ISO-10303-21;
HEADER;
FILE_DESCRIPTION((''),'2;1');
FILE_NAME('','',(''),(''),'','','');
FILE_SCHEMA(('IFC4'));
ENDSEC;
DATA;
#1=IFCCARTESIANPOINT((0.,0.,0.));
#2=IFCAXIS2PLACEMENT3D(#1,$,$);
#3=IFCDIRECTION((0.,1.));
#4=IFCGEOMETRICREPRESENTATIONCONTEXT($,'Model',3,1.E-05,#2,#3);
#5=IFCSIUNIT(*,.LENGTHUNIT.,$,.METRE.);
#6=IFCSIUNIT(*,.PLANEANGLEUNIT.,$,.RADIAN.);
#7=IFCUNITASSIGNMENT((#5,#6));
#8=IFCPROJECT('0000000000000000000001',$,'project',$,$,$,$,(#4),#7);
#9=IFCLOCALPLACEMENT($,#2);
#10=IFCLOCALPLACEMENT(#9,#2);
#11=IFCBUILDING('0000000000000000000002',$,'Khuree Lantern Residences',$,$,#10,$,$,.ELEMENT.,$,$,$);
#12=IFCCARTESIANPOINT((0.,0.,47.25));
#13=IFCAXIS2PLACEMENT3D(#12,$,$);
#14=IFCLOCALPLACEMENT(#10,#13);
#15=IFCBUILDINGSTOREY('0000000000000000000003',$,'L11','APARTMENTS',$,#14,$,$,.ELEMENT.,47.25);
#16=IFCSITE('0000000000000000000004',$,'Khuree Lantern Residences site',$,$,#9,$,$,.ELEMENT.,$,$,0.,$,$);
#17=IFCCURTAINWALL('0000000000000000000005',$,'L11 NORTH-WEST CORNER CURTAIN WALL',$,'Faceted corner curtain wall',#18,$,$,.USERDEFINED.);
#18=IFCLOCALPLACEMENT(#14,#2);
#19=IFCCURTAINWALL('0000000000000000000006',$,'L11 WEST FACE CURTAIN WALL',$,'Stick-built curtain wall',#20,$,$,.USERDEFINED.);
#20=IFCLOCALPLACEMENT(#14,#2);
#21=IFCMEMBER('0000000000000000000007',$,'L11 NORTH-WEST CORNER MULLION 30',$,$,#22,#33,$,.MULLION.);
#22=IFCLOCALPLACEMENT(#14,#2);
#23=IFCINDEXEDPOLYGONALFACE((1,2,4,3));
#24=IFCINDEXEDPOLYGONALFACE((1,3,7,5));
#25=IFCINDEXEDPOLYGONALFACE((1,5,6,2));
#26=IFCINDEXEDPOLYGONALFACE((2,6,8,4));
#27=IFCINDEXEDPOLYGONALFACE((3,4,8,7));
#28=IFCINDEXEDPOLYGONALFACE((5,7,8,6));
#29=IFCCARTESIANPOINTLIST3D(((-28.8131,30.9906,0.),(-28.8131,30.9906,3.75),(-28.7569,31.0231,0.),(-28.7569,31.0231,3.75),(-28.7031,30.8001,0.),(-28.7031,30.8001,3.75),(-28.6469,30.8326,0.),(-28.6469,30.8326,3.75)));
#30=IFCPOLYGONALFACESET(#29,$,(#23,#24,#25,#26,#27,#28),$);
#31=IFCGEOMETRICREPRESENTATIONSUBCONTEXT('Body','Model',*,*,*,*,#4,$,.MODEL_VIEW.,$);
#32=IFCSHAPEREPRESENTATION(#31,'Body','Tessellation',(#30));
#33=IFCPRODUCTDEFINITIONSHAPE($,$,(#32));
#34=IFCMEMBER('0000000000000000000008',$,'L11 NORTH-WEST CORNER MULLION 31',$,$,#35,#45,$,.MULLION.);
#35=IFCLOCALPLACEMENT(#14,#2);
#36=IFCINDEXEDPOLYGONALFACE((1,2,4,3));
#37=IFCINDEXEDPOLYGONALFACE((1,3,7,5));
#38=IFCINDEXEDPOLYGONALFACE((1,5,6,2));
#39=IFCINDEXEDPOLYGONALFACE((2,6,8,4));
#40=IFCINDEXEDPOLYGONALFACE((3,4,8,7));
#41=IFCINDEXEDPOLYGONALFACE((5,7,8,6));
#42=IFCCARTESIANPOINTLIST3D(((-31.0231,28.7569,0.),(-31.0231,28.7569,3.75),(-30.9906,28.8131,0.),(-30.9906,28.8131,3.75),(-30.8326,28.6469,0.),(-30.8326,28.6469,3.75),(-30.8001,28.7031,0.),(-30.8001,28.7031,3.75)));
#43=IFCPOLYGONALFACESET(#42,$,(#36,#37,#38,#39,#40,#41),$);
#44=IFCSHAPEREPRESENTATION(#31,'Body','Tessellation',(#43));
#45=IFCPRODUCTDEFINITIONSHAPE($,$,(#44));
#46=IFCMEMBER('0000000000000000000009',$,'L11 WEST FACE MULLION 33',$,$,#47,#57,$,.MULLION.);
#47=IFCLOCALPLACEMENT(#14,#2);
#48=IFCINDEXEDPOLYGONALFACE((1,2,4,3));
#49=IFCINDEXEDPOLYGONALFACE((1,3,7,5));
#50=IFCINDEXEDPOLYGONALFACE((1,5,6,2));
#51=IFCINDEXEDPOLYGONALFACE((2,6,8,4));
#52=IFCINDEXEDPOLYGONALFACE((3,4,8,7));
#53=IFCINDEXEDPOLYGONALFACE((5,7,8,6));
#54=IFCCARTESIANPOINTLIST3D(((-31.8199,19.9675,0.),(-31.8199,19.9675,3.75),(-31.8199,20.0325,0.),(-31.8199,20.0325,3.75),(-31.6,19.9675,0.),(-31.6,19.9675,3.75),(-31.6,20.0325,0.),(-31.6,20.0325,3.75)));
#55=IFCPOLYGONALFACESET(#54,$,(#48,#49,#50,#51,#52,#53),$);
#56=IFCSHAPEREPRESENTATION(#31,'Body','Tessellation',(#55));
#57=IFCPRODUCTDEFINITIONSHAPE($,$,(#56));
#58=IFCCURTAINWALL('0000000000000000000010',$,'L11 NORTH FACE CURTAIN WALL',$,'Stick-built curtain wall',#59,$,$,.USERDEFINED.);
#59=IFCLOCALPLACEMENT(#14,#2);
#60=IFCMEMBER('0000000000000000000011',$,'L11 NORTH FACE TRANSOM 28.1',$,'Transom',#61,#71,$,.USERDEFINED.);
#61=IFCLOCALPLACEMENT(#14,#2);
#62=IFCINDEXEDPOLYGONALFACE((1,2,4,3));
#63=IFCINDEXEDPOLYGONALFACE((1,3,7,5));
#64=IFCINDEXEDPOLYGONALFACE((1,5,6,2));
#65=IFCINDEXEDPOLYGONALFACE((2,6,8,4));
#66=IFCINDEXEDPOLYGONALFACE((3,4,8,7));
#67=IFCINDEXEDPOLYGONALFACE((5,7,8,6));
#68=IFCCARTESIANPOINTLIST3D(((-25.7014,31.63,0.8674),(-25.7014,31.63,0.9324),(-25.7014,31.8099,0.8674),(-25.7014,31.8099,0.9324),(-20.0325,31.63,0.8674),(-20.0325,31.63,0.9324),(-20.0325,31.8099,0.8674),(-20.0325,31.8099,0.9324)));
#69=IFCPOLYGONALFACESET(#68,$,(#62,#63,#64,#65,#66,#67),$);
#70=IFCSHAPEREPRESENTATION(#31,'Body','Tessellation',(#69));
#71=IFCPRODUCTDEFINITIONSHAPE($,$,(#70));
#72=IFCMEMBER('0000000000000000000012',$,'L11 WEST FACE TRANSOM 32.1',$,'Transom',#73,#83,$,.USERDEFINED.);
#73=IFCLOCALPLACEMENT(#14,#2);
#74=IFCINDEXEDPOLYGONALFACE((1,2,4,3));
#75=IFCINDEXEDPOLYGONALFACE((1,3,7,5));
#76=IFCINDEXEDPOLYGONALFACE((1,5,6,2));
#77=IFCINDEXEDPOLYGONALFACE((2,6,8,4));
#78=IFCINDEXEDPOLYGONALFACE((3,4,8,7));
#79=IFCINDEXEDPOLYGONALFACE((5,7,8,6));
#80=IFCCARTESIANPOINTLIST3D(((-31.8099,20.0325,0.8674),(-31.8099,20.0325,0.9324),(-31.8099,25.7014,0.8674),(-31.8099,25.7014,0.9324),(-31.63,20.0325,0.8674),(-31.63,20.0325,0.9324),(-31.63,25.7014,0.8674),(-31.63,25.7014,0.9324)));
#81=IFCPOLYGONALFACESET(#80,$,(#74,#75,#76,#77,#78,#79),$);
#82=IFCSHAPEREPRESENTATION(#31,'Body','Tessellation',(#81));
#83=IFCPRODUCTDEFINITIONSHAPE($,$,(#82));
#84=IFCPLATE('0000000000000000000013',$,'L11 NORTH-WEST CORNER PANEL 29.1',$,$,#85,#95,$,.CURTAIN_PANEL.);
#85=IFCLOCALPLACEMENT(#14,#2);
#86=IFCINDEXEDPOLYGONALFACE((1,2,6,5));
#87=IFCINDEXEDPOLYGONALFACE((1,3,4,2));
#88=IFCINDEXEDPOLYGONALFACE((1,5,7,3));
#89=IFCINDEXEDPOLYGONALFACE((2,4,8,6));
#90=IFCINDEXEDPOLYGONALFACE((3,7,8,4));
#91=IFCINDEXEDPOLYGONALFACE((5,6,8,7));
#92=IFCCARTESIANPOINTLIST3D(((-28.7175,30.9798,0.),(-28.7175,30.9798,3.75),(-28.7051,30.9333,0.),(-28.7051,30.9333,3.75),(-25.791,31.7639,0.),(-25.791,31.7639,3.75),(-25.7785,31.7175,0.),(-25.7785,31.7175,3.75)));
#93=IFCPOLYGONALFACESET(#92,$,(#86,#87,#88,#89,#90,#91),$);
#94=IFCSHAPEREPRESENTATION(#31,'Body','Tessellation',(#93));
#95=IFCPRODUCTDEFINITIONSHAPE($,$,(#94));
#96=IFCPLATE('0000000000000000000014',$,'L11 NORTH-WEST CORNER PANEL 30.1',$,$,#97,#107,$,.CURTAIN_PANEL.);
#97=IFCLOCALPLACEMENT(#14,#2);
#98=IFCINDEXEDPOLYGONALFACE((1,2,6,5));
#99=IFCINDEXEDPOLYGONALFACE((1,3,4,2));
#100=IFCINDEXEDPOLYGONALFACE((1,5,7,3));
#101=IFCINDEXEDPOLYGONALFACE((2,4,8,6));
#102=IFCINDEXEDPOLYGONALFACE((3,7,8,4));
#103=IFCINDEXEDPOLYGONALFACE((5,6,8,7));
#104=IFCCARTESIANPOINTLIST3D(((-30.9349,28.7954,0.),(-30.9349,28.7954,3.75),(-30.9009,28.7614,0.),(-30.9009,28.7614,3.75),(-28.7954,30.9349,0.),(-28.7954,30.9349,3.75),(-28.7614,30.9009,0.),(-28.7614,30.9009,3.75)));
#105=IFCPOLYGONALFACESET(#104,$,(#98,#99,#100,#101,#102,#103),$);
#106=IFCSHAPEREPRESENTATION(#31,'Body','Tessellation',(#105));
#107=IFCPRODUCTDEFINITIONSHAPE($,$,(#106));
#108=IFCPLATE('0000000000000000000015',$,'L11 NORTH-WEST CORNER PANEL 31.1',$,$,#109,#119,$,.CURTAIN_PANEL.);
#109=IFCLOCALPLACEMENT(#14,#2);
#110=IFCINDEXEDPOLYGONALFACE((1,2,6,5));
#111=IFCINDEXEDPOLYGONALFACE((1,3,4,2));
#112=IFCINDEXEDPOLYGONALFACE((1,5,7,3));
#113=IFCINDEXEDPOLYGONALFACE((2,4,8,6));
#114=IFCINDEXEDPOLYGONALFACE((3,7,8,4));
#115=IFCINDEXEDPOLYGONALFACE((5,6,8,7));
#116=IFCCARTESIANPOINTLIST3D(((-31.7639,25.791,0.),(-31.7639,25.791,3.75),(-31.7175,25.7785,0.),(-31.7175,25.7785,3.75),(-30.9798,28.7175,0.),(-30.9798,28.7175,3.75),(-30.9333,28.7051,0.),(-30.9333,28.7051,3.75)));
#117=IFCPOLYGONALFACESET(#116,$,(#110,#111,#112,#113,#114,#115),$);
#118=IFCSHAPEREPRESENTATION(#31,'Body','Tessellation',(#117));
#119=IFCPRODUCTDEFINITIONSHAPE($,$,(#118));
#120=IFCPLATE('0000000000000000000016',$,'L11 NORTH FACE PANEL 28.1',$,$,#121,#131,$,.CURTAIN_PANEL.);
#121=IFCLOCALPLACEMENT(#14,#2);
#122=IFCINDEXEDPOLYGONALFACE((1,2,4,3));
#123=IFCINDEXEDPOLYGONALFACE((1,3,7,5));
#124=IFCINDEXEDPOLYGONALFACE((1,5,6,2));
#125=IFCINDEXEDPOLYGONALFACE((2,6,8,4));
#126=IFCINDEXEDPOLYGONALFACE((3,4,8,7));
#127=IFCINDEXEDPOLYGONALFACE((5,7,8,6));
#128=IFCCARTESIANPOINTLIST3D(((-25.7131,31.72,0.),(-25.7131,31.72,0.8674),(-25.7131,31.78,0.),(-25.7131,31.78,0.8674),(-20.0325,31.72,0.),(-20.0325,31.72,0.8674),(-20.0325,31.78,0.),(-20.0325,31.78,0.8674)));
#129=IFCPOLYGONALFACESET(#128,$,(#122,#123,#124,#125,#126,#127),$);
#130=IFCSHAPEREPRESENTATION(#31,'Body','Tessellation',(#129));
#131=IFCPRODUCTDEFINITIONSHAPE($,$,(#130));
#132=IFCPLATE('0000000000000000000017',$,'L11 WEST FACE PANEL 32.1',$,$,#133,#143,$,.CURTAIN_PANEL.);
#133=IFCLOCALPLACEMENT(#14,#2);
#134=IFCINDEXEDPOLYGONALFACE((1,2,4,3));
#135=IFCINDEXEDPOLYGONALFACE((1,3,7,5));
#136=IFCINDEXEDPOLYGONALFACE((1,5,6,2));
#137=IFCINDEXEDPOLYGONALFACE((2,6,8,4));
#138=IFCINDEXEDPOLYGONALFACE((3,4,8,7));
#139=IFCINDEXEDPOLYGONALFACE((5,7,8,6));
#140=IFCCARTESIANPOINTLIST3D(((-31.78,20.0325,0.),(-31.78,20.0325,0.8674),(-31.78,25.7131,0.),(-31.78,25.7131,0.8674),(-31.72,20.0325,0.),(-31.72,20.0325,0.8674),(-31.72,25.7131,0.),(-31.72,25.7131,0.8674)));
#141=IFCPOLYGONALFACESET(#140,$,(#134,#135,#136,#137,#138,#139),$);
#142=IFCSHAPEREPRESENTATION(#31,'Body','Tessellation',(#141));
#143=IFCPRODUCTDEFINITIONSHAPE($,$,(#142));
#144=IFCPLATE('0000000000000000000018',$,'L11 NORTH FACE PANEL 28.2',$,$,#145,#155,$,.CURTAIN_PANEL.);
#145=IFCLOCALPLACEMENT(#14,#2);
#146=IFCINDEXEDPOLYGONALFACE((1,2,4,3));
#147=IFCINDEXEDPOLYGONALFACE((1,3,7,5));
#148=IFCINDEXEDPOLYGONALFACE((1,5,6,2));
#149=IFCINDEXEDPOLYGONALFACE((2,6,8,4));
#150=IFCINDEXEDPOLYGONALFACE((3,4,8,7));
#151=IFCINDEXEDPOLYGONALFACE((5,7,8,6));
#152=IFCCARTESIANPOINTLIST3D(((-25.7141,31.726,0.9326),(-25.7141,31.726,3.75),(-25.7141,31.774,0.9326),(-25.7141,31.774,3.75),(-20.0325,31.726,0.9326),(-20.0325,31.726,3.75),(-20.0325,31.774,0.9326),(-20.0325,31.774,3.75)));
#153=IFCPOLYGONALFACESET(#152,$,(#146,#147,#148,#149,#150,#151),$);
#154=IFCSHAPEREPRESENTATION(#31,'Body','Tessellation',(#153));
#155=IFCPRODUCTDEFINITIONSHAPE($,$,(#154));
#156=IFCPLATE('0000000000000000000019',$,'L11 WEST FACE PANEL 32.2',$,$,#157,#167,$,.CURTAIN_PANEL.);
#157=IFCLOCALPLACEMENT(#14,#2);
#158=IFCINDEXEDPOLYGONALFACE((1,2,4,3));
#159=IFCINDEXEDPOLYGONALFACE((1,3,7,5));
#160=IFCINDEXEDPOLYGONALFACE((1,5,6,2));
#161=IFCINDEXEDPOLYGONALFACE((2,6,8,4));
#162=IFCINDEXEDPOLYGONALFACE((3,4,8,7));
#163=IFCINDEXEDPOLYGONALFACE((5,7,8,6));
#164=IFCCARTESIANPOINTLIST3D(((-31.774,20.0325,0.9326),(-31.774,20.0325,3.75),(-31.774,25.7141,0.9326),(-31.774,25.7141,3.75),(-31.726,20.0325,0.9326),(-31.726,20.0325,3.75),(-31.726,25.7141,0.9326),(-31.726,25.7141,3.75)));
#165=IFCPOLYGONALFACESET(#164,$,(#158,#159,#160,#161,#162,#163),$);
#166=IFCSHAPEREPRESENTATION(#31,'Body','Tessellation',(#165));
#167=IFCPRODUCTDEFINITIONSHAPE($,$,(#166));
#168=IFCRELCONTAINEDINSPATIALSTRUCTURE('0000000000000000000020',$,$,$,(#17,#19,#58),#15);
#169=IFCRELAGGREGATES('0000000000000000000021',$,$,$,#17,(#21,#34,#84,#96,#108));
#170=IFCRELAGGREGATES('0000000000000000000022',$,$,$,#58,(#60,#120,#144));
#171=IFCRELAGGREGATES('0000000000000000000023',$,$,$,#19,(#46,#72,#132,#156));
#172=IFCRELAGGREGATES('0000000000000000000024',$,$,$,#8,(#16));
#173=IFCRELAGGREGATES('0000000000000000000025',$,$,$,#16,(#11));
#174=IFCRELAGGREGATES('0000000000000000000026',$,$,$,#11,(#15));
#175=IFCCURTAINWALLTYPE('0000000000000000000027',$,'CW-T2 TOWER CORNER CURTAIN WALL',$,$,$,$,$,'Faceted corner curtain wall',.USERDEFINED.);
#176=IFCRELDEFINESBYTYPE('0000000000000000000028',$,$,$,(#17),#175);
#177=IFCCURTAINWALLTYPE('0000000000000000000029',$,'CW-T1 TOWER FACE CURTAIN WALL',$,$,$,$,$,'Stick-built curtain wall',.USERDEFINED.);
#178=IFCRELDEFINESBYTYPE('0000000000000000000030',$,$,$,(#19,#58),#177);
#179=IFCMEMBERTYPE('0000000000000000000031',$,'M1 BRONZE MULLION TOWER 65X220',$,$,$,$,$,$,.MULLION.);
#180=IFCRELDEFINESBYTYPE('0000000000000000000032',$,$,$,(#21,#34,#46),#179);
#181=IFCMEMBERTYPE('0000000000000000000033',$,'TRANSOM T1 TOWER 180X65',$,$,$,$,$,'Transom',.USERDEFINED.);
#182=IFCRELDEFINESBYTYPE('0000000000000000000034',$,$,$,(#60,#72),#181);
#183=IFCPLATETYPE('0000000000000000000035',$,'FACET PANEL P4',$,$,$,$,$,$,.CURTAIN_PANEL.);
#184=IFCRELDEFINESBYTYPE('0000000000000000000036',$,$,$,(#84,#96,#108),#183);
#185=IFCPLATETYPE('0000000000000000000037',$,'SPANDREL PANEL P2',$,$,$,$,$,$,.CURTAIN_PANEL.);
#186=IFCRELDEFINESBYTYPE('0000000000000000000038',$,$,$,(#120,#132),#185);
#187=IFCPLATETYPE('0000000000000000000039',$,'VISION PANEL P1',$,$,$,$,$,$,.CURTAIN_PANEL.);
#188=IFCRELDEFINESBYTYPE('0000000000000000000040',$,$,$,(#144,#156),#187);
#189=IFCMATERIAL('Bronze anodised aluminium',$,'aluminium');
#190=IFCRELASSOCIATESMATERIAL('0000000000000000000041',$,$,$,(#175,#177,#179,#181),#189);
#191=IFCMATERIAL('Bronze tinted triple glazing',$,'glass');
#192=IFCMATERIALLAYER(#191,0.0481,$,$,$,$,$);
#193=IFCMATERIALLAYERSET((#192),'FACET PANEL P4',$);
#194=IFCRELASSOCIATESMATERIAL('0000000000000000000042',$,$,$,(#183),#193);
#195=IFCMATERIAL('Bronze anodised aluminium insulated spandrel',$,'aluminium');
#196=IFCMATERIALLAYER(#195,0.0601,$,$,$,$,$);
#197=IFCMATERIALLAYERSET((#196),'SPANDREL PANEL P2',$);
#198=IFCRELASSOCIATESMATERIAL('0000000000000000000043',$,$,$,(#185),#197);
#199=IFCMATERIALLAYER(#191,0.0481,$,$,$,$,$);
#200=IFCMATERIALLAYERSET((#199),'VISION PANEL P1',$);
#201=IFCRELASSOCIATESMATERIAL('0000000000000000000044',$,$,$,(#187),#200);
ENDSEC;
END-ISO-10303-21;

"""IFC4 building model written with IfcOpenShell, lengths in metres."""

from ifc_helpers import new_model, si_unit, direction, frame, origin, origin_2d, place, context, subcontext, project, spatial, rectangle, extrude, material, layer, layer_set, material_profile, profile_set, type_object, element, aggregate, save


model = new_model("IFC4")

# Units and contexts
model_context = context("Model", 3, precision=1e-05, world=origin(), true_north=direction((0.0, 1.0)))
body_context = subcontext(model_context, "Body", "Model", "MODEL_VIEW")
ifc_project = project(units=[si_unit("LENGTHUNIT", "METRE"), si_unit("PLANEANGLEUNIT", "RADIAN")], contexts=[model_context])

# Site, building, storey
site_placement = place(None, origin())
site = spatial("IfcSite", under=ifc_project, at=site_placement, Name="Khuree Lantern Residences site", CompositionType="ELEMENT", RefElevation=0.0)
building_placement = place(site_placement, origin())
building = spatial("IfcBuilding", under=site, at=building_placement, Name="Khuree Lantern Residences", CompositionType="ELEMENT")
storey_placement = place(building_placement, frame((0.0, 0.0, 47.25)))
storey = spatial("IfcBuildingStorey", under=building, at=storey_placement, Name="L11", Description="APARTMENTS", CompositionType="ELEMENT", Elevation=47.25)

# Curtain walls
ifc_material_1 = material(Name="Bronze anodised aluminium", Category="aluminium")
curtain_wall_type_1 = type_object("IfcCurtainWallType", Name="CW-T2 TOWER CORNER CURTAIN WALL", ElementType="Faceted corner curtain wall", PredefinedType="USERDEFINED", material=ifc_material_1)
curtain_wall_1_placement = place(storey_placement, origin())
curtain_wall_1 = element("IfcCurtainWall", 1, at=curtain_wall_1_placement, inside=storey, type_object=curtain_wall_type_1, Name="L11 NORTH-WEST CORNER CURTAIN WALL", ObjectType="Faceted corner curtain wall", PredefinedType="USERDEFINED")
curtain_wall_type_2 = type_object("IfcCurtainWallType", Name="CW-T1 TOWER FACE CURTAIN WALL", ElementType="Stick-built curtain wall", PredefinedType="USERDEFINED", material=ifc_material_1)
curtain_wall_2_placement = place(storey_placement, origin())
curtain_wall_2 = element("IfcCurtainWall", 2, at=curtain_wall_2_placement, inside=storey, type_object=curtain_wall_type_2, Name="L11 WEST FACE CURTAIN WALL", ObjectType="Stick-built curtain wall", PredefinedType="USERDEFINED")

# Members
ifc_material_profile_1 = material_profile(ifc_material_1, rectangle(XDim=0.0649, YDim=0.22, at=origin_2d()), Name="M1 65X220")
ifc_profile_set_1 = profile_set([ifc_material_profile_1], Name="Bronze anodised aluminium")
member_type_1 = type_object("IfcMemberType", Name="M1 BRONZE MULLION TOWER 65X220", PredefinedType="MULLION", material=ifc_profile_set_1)
member_1_placement = place(storey_placement, frame((-28.73, 30.9116, 0.0), z_axis=(0.0, 0.0, 1.0), x_axis=(-0.866025, -0.5, 0.0)))
member_1 = element("IfcMember", 3, at=member_1_placement, type_object=member_type_1, Name="L11 NORTH-WEST CORNER MULLION 30", PredefinedType="MULLION", context=body_context, shape_type="SweptSolid", body=[
    extrude(rectangle(XDim=0.0649, YDim=0.22, at=origin_2d()), origin(), (0.0, 0.0, 1.0), 3.75),
])
member_2_placement = place(storey_placement, frame((-30.9116, 28.73, 0.0), z_axis=(0.0, 0.0, 1.0), x_axis=(-0.5, -0.866025, 0.0)))
member_2 = element("IfcMember", 4, at=member_2_placement, type_object=member_type_1, Name="L11 NORTH-WEST CORNER MULLION 31", PredefinedType="MULLION", context=body_context, shape_type="SweptSolid", body=[
    extrude(rectangle(XDim=0.0649, YDim=0.22, at=origin_2d()), origin(), (0.0, 0.0, 1.0), 3.75),
])
member_3_placement = place(storey_placement, frame((-31.71, 20.0, 0.0), z_axis=(0.0, 0.0, 1.0), x_axis=(0.0, -1.0, 0.0)))
member_3 = element("IfcMember", 5, at=member_3_placement, type_object=member_type_1, Name="L11 WEST FACE MULLION 33", PredefinedType="MULLION", context=body_context, shape_type="SweptSolid", body=[
    extrude(rectangle(XDim=0.0649, YDim=0.22, at=origin_2d()), origin(), (0.0, 0.0, 1.0), 3.75),
])

# Curtain wall, member
curtain_wall_3_placement = place(storey_placement, origin())
curtain_wall_3 = element("IfcCurtainWall", 6, at=curtain_wall_3_placement, inside=storey, type_object=curtain_wall_type_2, Name="L11 NORTH FACE CURTAIN WALL", ObjectType="Stick-built curtain wall", PredefinedType="USERDEFINED")
ifc_material_profile_2 = material_profile(ifc_material_1, rectangle(XDim=0.1799, YDim=0.0649, at=origin_2d()), Name="T1 180X65")
ifc_profile_set_2 = profile_set([ifc_material_profile_2], Name="Bronze anodised aluminium")
member_type_2 = type_object("IfcMemberType", Name="TRANSOM T1 TOWER 180X65", ElementType="Transom", PredefinedType="USERDEFINED", material=ifc_profile_set_2)
member_4_placement = place(storey_placement, frame((-20.0325, 31.72, 0.8999), z_axis=(-1.0, 0.0, 0.0), x_axis=(0.0, -1.0, 0.0)))
member_4 = element("IfcMember", 7, at=member_4_placement, type_object=member_type_2, Name="L11 NORTH FACE TRANSOM 28.1", ObjectType="Transom", PredefinedType="USERDEFINED", context=body_context, shape_type="SweptSolid", body=[
    extrude(rectangle(XDim=0.1799, YDim=0.0649, at=origin_2d()), origin(), (0.0, 0.0, 1.0), 5.6689),
])

# Member
member_5_placement = place(storey_placement, frame((-31.72, 25.7014, 0.8999), z_axis=(0.0, -1.0, 0.0), x_axis=(1.0, 0.0, 0.0)))
member_5 = element("IfcMember", 8, at=member_5_placement, type_object=member_type_2, Name="L11 WEST FACE TRANSOM 32.1", ObjectType="Transom", PredefinedType="USERDEFINED", context=body_context, shape_type="SweptSolid", body=[
    extrude(rectangle(XDim=0.1799, YDim=0.0649, at=origin_2d()), origin(), (0.0, 0.0, 1.0), 5.6689),
])

# Plates
ifc_material_2 = material(Name="Bronze tinted triple glazing", Category="glass")
ifc_layer_1 = layer(ifc_material_2, 0.0481)
ifc_layer_set_1 = layer_set([ifc_layer_1], Name="FACET PANEL P4")
plate_type_1 = type_object("IfcPlateType", Name="FACET PANEL P4", PredefinedType="CURTAIN_PANEL", material=ifc_layer_set_1)
plate_1_placement = place(storey_placement, frame((-27.248, 31.3486, 0.0), z_axis=(0.0, 0.0, 1.0), x_axis=(-0.965926, -0.258819, 0.0)))
plate_1 = element("IfcPlate", 9, at=plate_1_placement, type_object=plate_type_1, Name="L11 NORTH-WEST CORNER PANEL 29.1", PredefinedType="CURTAIN_PANEL", context=body_context, shape_type="SweptSolid", body=[
    extrude(rectangle(XDim=3.0298, YDim=0.0481, at=origin_2d()), origin(), (0.0, 0.0, 1.0), 3.75),
])
plate_2_placement = place(storey_placement, frame((-29.8481, 29.8481, 0.0), z_axis=(0.0, 0.0, 1.0), x_axis=(-0.707107, -0.707107, 0.0)))
plate_2 = element("IfcPlate", 10, at=plate_2_placement, type_object=plate_type_1, Name="L11 NORTH-WEST CORNER PANEL 30.1", PredefinedType="CURTAIN_PANEL", context=body_context, shape_type="SweptSolid", body=[
    extrude(rectangle(XDim=3.0256, YDim=0.0481, at=origin_2d()), origin(), (0.0, 0.0, 1.0), 3.75),
])
plate_3_placement = place(storey_placement, frame((-31.3486, 27.248, 0.0), z_axis=(0.0, 0.0, 1.0), x_axis=(-0.258819, -0.965926, 0.0)))
plate_3 = element("IfcPlate", 11, at=plate_3_placement, type_object=plate_type_1, Name="L11 NORTH-WEST CORNER PANEL 31.1", PredefinedType="CURTAIN_PANEL", context=body_context, shape_type="SweptSolid", body=[
    extrude(rectangle(XDim=3.0298, YDim=0.0481, at=origin_2d()), origin(), (0.0, 0.0, 1.0), 3.75),
])
aggregate(curtain_wall_1, [member_1, member_2, plate_1, plate_2, plate_3])
ifc_material_3 = material(Name="Bronze anodised aluminium insulated spandrel", Category="aluminium")
ifc_layer_2 = layer(ifc_material_3, 0.0601)
ifc_layer_set_2 = layer_set([ifc_layer_2], Name="SPANDREL PANEL P2")
plate_type_2 = type_object("IfcPlateType", Name="SPANDREL PANEL P2", PredefinedType="CURTAIN_PANEL", material=ifc_layer_set_2)
plate_4_placement = place(storey_placement, frame((-22.8728, 31.75, 0.0), z_axis=(0.0, 0.0, 1.0), x_axis=(-1.0, 0.0, 0.0)))
plate_4 = element("IfcPlate", 12, at=plate_4_placement, type_object=plate_type_2, Name="L11 NORTH FACE PANEL 28.1", PredefinedType="CURTAIN_PANEL", context=body_context, shape_type="SweptSolid", body=[
    extrude(rectangle(XDim=5.6807, YDim=0.0601, at=origin_2d()), origin(), (0.0, 0.0, 1.0), 0.8674),
])
plate_5_placement = place(storey_placement, frame((-31.75, 22.8728, 0.0), z_axis=(0.0, 0.0, 1.0), x_axis=(0.0, -1.0, 0.0)))
plate_5 = element("IfcPlate", 13, at=plate_5_placement, type_object=plate_type_2, Name="L11 WEST FACE PANEL 32.1", PredefinedType="CURTAIN_PANEL", context=body_context, shape_type="SweptSolid", body=[
    extrude(rectangle(XDim=5.6807, YDim=0.0601, at=origin_2d()), origin(), (0.0, 0.0, 1.0), 0.8674),
])
ifc_layer_3 = layer(ifc_material_2, 0.0481)
ifc_layer_set_3 = layer_set([ifc_layer_3], Name="VISION PANEL P1")
plate_type_3 = type_object("IfcPlateType", Name="VISION PANEL P1", PredefinedType="CURTAIN_PANEL", material=ifc_layer_set_3)
plate_6_placement = place(storey_placement, frame((-22.8733, 31.75, 0.9326), z_axis=(0.0, 0.0, 1.0), x_axis=(-1.0, 0.0, 0.0)))
plate_6 = element("IfcPlate", 14, at=plate_6_placement, type_object=plate_type_3, Name="L11 NORTH FACE PANEL 28.2", PredefinedType="CURTAIN_PANEL", context=body_context, shape_type="SweptSolid", body=[
    extrude(rectangle(XDim=5.6816, YDim=0.0481, at=origin_2d()), origin(), (0.0, 0.0, 1.0), 2.8174),
])
aggregate(curtain_wall_3, [member_4, plate_4, plate_6])
plate_7_placement = place(storey_placement, frame((-31.75, 22.8733, 0.9326), z_axis=(0.0, 0.0, 1.0), x_axis=(0.0, -1.0, 0.0)))
plate_7 = element("IfcPlate", 15, at=plate_7_placement, type_object=plate_type_3, Name="L11 WEST FACE PANEL 32.2", PredefinedType="CURTAIN_PANEL", context=body_context, shape_type="SweptSolid", body=[
    extrude(rectangle(XDim=5.6816, YDim=0.0481, at=origin_2d()), origin(), (0.0, 0.0, 1.0), 2.8174),
])
aggregate(curtain_wall_2, [member_3, member_5, plate_5, plate_7])

save(model, "model.ifc")
